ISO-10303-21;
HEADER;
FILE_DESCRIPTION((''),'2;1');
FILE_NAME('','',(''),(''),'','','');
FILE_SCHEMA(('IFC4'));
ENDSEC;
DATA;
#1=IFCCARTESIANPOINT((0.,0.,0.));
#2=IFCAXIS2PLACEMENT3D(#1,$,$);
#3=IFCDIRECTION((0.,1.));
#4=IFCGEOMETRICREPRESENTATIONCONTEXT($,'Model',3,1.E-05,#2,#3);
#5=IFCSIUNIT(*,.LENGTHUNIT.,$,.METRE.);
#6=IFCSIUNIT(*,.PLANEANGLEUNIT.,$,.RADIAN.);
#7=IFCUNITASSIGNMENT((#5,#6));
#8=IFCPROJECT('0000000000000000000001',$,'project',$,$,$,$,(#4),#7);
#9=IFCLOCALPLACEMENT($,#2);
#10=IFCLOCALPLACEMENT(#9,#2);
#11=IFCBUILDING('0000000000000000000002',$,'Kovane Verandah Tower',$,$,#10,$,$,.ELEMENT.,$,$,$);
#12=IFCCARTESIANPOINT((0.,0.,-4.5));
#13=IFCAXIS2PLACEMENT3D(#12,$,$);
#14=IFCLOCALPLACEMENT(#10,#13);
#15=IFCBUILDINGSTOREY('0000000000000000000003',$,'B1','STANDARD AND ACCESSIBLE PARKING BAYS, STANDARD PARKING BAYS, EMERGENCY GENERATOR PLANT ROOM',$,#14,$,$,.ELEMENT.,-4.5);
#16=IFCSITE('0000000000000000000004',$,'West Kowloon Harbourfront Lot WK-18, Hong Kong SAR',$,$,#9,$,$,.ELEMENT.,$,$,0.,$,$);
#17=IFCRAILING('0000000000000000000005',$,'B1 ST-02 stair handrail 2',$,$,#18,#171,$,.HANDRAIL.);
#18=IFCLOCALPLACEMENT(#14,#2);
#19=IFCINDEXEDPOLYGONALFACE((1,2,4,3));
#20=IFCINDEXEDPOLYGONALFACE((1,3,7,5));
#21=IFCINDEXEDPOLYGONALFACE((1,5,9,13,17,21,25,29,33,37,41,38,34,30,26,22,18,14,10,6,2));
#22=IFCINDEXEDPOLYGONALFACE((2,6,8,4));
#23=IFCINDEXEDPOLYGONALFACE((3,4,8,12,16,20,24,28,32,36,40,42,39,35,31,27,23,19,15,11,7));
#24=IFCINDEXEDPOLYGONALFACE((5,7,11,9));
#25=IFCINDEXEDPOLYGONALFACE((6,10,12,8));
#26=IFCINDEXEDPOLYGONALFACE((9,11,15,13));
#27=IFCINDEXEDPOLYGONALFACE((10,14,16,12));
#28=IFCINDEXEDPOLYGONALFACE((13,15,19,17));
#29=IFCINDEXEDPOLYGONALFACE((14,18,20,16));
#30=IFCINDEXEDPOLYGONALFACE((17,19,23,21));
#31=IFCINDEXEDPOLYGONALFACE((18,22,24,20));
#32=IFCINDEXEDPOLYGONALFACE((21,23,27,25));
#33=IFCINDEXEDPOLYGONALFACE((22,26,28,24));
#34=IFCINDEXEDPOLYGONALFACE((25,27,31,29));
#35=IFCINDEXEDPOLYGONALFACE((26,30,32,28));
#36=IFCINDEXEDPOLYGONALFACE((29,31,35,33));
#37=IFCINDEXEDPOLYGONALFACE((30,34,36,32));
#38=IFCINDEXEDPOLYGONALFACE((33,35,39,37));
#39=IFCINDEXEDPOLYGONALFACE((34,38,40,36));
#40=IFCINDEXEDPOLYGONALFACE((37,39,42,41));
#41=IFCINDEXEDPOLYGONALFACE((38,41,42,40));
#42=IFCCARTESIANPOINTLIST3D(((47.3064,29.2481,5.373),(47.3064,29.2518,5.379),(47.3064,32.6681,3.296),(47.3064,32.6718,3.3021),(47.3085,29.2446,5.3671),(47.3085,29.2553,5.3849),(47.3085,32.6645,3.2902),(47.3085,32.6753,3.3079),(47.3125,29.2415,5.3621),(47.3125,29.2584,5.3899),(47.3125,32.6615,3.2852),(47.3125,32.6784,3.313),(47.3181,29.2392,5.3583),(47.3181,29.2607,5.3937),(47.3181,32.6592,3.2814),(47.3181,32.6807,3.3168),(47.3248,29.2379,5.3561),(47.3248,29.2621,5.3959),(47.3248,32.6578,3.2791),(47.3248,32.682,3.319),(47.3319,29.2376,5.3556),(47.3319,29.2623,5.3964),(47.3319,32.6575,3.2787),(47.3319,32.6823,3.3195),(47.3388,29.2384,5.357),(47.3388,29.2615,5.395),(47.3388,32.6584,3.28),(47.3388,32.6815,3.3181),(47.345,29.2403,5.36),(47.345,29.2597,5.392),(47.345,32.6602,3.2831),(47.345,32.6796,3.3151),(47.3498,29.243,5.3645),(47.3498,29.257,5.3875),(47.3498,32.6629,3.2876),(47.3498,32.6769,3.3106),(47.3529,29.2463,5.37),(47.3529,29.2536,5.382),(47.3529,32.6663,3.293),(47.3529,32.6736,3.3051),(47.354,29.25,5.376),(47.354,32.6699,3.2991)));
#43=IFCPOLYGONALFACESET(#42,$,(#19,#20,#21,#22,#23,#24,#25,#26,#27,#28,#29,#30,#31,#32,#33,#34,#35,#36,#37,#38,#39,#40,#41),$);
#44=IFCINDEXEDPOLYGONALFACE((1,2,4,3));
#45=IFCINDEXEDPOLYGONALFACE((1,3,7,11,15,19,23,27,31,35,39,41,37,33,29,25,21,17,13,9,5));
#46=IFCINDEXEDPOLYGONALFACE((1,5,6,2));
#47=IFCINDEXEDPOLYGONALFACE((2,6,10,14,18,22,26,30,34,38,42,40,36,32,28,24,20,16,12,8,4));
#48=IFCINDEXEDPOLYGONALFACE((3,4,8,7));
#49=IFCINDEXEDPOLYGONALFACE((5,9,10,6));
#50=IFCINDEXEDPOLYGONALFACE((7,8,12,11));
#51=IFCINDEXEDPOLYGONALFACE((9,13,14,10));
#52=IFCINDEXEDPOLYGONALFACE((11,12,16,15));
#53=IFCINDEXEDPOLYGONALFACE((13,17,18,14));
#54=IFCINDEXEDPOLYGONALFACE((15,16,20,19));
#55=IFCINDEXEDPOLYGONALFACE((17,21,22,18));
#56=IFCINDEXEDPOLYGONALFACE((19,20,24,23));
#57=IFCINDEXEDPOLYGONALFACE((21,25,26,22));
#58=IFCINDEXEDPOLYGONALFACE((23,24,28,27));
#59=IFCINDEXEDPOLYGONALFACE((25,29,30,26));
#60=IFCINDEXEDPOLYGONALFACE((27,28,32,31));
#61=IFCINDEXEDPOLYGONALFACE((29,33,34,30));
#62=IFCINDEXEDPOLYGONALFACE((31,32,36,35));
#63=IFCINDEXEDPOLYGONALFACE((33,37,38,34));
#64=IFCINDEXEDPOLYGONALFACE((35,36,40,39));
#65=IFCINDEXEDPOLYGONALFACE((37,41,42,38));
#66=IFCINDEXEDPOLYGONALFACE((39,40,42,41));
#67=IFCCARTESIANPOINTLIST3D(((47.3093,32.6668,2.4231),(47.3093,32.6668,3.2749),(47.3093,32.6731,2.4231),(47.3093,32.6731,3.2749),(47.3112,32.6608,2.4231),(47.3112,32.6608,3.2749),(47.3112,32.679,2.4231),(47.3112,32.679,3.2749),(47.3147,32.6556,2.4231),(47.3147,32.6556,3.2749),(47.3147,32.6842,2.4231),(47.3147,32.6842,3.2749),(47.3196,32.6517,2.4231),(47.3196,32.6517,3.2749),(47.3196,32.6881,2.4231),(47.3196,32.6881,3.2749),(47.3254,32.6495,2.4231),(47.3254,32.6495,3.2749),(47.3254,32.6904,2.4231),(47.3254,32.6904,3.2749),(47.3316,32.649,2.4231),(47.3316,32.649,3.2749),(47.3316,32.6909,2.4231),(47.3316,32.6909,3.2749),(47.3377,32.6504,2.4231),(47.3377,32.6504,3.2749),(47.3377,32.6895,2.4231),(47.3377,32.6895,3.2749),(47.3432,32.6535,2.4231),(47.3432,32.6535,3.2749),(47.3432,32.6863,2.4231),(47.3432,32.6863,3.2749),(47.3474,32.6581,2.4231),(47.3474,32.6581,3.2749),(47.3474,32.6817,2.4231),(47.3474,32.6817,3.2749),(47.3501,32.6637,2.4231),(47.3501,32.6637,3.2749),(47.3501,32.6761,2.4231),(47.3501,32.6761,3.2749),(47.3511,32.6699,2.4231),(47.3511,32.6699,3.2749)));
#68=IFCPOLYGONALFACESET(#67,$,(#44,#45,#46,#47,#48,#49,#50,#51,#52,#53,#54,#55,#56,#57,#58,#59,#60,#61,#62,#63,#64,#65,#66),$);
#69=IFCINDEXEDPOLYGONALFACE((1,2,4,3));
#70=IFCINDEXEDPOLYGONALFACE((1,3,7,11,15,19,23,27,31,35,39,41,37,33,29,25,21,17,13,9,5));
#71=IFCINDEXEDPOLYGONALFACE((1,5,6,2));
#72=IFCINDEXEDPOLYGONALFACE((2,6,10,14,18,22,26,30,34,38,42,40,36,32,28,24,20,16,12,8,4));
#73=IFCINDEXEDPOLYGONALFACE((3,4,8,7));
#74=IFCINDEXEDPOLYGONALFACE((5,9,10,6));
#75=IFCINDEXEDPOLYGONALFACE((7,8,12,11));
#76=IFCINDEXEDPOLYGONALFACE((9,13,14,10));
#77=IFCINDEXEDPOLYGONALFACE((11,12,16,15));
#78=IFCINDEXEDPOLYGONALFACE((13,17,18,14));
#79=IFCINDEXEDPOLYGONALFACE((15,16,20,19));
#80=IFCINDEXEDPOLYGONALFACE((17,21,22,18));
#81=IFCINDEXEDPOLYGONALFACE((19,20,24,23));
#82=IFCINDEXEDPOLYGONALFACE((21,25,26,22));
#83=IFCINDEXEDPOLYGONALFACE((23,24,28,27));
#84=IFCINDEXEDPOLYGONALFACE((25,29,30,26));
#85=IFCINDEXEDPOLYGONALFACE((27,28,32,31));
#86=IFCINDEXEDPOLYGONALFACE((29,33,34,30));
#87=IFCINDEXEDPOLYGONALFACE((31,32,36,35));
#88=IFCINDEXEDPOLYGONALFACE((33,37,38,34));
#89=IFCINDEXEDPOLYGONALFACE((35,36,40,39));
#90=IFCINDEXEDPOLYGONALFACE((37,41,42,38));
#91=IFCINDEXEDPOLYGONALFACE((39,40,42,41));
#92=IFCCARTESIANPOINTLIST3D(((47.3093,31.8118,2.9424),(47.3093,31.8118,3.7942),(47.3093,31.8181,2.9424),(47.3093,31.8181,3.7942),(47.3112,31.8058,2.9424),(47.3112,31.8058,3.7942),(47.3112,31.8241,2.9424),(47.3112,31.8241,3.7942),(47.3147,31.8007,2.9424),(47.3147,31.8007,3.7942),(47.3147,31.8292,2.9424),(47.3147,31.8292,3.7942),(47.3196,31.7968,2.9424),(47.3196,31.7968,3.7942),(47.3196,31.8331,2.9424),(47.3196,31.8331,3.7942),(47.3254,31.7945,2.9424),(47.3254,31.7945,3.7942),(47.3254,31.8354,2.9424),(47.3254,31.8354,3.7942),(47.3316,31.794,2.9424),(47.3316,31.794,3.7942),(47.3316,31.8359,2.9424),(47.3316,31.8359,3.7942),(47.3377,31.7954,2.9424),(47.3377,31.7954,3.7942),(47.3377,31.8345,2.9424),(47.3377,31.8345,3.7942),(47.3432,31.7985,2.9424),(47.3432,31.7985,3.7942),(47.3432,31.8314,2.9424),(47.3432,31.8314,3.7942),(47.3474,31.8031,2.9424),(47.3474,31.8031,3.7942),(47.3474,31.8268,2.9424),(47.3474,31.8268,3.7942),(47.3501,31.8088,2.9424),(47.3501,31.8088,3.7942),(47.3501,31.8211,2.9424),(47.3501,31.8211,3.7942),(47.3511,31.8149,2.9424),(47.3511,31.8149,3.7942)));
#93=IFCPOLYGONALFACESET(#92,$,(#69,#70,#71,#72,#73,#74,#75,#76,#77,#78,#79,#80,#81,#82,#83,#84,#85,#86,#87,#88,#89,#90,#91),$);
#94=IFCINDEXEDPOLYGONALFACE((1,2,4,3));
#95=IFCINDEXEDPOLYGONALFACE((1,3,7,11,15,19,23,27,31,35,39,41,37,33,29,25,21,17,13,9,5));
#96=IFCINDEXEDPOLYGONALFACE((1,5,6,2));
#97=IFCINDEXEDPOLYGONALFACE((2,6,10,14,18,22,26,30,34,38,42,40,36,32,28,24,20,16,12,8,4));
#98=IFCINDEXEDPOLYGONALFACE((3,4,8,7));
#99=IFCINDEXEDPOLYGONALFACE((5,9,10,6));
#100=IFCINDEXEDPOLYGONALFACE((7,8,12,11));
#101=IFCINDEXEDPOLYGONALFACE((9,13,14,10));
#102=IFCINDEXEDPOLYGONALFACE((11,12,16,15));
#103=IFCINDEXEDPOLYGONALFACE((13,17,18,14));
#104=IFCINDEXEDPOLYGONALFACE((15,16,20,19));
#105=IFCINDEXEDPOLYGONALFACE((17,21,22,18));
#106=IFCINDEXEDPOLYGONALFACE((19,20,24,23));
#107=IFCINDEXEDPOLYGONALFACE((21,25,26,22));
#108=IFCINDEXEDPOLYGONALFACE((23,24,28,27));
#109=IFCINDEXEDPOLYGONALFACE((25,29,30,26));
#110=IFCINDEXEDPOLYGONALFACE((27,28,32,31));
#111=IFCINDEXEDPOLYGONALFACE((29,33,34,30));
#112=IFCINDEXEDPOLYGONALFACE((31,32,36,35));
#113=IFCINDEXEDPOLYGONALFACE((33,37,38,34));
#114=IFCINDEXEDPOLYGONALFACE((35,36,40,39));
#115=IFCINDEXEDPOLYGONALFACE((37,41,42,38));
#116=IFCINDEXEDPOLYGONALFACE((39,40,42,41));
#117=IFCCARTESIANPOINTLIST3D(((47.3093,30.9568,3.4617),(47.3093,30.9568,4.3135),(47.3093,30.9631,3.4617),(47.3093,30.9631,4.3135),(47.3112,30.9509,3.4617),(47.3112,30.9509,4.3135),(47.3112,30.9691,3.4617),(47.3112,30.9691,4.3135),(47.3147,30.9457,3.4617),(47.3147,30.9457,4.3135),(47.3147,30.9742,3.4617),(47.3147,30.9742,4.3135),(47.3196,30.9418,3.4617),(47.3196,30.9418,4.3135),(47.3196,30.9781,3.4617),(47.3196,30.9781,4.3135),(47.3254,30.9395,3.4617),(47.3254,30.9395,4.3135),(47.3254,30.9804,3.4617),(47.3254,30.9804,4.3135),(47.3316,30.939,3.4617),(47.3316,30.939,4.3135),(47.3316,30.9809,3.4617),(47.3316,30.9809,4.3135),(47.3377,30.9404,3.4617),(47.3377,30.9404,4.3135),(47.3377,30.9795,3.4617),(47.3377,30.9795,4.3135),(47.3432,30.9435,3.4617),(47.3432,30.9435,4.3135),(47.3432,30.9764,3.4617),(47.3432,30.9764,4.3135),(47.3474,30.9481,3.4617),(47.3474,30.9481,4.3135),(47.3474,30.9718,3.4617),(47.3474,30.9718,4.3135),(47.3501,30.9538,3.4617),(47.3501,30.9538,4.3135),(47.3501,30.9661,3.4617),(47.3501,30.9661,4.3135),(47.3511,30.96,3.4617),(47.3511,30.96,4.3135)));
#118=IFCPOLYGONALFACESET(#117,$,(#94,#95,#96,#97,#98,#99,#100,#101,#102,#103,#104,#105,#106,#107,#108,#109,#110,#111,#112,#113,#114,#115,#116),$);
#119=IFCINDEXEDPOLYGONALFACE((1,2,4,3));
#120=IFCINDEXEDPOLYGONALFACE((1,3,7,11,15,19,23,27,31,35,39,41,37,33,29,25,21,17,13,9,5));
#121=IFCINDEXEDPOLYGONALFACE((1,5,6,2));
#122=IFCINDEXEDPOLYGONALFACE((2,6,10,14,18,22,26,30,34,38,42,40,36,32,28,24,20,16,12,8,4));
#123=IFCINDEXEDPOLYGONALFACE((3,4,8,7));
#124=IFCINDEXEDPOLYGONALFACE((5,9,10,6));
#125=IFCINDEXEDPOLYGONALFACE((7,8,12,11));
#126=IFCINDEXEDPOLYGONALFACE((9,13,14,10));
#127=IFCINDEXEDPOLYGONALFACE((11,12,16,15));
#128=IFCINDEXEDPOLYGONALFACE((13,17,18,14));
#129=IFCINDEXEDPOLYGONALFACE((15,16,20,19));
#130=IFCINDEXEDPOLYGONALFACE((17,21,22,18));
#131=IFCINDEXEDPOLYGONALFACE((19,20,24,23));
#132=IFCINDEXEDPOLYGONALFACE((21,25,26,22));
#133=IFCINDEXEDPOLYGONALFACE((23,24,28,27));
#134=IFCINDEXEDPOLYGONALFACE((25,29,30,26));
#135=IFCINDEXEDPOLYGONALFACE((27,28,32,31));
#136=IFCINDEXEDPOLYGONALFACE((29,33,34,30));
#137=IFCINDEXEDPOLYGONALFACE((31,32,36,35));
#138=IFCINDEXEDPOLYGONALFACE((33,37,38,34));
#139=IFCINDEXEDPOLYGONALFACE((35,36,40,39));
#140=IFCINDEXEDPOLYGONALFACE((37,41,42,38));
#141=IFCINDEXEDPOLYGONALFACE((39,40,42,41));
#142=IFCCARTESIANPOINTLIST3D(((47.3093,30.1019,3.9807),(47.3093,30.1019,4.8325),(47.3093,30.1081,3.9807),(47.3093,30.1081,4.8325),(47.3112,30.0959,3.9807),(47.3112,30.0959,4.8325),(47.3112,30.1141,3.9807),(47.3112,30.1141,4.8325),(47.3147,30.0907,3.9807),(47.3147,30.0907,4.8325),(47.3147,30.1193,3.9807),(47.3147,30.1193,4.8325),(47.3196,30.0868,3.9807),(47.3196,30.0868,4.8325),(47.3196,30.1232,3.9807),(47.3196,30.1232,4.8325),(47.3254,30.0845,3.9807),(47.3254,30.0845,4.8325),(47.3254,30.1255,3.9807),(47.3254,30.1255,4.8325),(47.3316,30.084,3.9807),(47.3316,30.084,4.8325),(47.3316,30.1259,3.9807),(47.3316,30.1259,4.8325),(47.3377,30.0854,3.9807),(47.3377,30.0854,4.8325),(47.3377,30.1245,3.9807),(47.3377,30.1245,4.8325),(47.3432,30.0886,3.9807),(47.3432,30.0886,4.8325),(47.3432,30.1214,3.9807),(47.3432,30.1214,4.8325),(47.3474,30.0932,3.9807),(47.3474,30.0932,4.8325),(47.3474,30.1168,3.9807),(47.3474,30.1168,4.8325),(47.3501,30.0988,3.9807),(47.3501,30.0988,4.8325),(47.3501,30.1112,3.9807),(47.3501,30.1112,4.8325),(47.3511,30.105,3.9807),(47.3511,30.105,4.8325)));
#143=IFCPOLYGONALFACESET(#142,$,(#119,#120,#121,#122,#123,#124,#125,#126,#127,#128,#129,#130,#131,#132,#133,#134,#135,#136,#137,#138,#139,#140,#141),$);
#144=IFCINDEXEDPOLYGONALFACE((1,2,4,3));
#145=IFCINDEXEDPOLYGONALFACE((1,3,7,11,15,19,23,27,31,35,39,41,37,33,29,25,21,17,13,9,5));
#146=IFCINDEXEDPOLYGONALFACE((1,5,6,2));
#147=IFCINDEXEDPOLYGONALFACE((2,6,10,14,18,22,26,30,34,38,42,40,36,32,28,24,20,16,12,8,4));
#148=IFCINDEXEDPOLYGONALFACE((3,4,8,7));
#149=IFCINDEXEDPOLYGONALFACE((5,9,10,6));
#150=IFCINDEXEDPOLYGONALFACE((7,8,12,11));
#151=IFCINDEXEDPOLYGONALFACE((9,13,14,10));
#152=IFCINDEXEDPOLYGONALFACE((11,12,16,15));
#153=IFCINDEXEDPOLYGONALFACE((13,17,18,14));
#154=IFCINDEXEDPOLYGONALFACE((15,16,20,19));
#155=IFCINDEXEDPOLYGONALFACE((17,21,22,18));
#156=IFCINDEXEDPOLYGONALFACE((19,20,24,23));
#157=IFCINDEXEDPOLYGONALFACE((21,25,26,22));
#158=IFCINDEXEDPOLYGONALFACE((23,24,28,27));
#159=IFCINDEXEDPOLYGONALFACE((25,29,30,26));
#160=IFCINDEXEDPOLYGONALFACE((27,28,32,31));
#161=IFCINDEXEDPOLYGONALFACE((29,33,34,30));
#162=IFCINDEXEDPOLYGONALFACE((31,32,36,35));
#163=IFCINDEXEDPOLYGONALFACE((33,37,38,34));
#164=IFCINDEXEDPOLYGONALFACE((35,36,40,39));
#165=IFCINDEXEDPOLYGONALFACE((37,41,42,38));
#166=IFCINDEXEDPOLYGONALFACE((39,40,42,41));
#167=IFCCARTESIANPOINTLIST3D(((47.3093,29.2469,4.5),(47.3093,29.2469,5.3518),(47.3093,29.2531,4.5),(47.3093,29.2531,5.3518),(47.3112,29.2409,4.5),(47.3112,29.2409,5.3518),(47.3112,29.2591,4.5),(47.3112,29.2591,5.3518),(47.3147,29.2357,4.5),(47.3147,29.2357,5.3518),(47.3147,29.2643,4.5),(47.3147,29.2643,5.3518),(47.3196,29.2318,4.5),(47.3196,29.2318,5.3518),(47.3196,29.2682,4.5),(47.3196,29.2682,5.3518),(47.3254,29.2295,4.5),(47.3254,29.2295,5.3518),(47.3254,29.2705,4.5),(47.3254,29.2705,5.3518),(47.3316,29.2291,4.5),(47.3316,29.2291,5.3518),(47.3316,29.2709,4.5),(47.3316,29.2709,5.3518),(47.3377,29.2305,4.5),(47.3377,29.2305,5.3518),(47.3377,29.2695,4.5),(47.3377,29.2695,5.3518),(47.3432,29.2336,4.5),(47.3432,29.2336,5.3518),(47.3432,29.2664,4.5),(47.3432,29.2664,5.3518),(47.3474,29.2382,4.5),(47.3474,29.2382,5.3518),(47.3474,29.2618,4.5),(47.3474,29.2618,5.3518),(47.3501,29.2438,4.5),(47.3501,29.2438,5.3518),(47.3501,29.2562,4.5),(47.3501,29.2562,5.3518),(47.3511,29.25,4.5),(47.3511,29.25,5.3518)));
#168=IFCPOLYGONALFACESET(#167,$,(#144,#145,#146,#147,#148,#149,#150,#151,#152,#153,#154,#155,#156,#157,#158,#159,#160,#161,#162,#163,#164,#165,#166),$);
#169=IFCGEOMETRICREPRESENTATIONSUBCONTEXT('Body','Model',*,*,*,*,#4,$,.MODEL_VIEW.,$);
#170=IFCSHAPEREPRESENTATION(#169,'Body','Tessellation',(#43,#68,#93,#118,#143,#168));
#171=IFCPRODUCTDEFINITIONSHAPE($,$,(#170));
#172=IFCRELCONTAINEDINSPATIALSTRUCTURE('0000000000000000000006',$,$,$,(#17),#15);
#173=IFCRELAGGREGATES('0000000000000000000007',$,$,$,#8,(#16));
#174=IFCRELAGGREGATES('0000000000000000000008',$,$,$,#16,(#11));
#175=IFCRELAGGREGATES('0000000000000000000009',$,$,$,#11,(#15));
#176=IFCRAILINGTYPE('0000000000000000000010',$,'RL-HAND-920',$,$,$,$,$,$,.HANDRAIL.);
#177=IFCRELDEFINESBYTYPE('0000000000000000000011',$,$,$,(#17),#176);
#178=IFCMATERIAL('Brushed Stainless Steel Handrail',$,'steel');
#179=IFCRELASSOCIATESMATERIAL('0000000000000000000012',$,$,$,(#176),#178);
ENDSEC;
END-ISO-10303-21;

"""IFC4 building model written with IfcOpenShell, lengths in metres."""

from ifc_helpers import new_model, si_unit, direction, frame, origin, origin_2d, place, context, subcontext, project, spatial, circle, extrude, material, type_object, element, save


model = new_model("IFC4")

# Units and contexts
model_context = context("Model", 3, precision=1e-05, world=origin(), true_north=direction((0.0, 1.0)))
body_context = subcontext(model_context, "Body", "Model", "MODEL_VIEW")
ifc_project = project(units=[si_unit("LENGTHUNIT", "METRE"), si_unit("PLANEANGLEUNIT", "RADIAN")], contexts=[model_context])

# Site, building, storey
site_placement = place(None, origin())
site = spatial("IfcSite", under=ifc_project, at=site_placement, Name="West Kowloon Harbourfront Lot WK-18, Hong Kong SAR", CompositionType="ELEMENT", RefElevation=0.0)
building_placement = place(site_placement, origin())
building = spatial("IfcBuilding", under=site, at=building_placement, Name="Kovane Verandah Tower", CompositionType="ELEMENT")
storey_placement = place(building_placement, frame((0.0, 0.0, -4.5)))
storey = spatial("IfcBuildingStorey", under=building, at=storey_placement, Name="B1", Description="STANDARD AND ACCESSIBLE PARKING BAYS, STANDARD PARKING BAYS, EMERGENCY GENERATOR PLANT ROOM", CompositionType="ELEMENT", Elevation=-4.5)

# Railing
ifc_material_1 = material(Name="Brushed Stainless Steel Handrail", Category="steel")
railing_type_1 = type_object("IfcRailingType", Name="RL-HAND-920", PredefinedType="HANDRAIL", material=ifc_material_1)
railing_1_placement = place(storey_placement, frame((47.3301, 32.6699, 2.4231)))
element("IfcRailing", 1, at=railing_1_placement, inside=storey, type_object=railing_type_1, Name="B1 ST-02 stair handrail 2", PredefinedType="HANDRAIL", context=body_context, shape_type="SweptSolid", body=[
    extrude(circle(Radius=0.0239, at=origin_2d()), frame((0.0, 0.0, 0.876), z_axis=(0.0, -0.85473, 0.519074), x_axis=(1.0, 0.0, 0.0)), (0.0, 0.0, 1.0), 4.0012),
    extrude(circle(Radius=0.021, at=origin_2d()), origin(), (0.0, 0.0, 1.0), 0.8518),
    extrude(circle(Radius=0.021, at=origin_2d()), frame((0.0, -0.855, 0.5193)), (0.0, 0.0, 1.0), 0.8518),
    extrude(circle(Radius=0.021, at=origin_2d()), frame((0.0, -1.71, 1.0386)), (0.0, 0.0, 1.0), 0.8518),
    extrude(circle(Radius=0.021, at=origin_2d()), frame((0.0, -2.5649, 1.5576)), (0.0, 0.0, 1.0), 0.8518),
    extrude(circle(Radius=0.021, at=origin_2d()), frame((0.0, -3.4199, 2.0769)), (0.0, 0.0, 1.0), 0.8518),
])

save(model, "model.ifc")
